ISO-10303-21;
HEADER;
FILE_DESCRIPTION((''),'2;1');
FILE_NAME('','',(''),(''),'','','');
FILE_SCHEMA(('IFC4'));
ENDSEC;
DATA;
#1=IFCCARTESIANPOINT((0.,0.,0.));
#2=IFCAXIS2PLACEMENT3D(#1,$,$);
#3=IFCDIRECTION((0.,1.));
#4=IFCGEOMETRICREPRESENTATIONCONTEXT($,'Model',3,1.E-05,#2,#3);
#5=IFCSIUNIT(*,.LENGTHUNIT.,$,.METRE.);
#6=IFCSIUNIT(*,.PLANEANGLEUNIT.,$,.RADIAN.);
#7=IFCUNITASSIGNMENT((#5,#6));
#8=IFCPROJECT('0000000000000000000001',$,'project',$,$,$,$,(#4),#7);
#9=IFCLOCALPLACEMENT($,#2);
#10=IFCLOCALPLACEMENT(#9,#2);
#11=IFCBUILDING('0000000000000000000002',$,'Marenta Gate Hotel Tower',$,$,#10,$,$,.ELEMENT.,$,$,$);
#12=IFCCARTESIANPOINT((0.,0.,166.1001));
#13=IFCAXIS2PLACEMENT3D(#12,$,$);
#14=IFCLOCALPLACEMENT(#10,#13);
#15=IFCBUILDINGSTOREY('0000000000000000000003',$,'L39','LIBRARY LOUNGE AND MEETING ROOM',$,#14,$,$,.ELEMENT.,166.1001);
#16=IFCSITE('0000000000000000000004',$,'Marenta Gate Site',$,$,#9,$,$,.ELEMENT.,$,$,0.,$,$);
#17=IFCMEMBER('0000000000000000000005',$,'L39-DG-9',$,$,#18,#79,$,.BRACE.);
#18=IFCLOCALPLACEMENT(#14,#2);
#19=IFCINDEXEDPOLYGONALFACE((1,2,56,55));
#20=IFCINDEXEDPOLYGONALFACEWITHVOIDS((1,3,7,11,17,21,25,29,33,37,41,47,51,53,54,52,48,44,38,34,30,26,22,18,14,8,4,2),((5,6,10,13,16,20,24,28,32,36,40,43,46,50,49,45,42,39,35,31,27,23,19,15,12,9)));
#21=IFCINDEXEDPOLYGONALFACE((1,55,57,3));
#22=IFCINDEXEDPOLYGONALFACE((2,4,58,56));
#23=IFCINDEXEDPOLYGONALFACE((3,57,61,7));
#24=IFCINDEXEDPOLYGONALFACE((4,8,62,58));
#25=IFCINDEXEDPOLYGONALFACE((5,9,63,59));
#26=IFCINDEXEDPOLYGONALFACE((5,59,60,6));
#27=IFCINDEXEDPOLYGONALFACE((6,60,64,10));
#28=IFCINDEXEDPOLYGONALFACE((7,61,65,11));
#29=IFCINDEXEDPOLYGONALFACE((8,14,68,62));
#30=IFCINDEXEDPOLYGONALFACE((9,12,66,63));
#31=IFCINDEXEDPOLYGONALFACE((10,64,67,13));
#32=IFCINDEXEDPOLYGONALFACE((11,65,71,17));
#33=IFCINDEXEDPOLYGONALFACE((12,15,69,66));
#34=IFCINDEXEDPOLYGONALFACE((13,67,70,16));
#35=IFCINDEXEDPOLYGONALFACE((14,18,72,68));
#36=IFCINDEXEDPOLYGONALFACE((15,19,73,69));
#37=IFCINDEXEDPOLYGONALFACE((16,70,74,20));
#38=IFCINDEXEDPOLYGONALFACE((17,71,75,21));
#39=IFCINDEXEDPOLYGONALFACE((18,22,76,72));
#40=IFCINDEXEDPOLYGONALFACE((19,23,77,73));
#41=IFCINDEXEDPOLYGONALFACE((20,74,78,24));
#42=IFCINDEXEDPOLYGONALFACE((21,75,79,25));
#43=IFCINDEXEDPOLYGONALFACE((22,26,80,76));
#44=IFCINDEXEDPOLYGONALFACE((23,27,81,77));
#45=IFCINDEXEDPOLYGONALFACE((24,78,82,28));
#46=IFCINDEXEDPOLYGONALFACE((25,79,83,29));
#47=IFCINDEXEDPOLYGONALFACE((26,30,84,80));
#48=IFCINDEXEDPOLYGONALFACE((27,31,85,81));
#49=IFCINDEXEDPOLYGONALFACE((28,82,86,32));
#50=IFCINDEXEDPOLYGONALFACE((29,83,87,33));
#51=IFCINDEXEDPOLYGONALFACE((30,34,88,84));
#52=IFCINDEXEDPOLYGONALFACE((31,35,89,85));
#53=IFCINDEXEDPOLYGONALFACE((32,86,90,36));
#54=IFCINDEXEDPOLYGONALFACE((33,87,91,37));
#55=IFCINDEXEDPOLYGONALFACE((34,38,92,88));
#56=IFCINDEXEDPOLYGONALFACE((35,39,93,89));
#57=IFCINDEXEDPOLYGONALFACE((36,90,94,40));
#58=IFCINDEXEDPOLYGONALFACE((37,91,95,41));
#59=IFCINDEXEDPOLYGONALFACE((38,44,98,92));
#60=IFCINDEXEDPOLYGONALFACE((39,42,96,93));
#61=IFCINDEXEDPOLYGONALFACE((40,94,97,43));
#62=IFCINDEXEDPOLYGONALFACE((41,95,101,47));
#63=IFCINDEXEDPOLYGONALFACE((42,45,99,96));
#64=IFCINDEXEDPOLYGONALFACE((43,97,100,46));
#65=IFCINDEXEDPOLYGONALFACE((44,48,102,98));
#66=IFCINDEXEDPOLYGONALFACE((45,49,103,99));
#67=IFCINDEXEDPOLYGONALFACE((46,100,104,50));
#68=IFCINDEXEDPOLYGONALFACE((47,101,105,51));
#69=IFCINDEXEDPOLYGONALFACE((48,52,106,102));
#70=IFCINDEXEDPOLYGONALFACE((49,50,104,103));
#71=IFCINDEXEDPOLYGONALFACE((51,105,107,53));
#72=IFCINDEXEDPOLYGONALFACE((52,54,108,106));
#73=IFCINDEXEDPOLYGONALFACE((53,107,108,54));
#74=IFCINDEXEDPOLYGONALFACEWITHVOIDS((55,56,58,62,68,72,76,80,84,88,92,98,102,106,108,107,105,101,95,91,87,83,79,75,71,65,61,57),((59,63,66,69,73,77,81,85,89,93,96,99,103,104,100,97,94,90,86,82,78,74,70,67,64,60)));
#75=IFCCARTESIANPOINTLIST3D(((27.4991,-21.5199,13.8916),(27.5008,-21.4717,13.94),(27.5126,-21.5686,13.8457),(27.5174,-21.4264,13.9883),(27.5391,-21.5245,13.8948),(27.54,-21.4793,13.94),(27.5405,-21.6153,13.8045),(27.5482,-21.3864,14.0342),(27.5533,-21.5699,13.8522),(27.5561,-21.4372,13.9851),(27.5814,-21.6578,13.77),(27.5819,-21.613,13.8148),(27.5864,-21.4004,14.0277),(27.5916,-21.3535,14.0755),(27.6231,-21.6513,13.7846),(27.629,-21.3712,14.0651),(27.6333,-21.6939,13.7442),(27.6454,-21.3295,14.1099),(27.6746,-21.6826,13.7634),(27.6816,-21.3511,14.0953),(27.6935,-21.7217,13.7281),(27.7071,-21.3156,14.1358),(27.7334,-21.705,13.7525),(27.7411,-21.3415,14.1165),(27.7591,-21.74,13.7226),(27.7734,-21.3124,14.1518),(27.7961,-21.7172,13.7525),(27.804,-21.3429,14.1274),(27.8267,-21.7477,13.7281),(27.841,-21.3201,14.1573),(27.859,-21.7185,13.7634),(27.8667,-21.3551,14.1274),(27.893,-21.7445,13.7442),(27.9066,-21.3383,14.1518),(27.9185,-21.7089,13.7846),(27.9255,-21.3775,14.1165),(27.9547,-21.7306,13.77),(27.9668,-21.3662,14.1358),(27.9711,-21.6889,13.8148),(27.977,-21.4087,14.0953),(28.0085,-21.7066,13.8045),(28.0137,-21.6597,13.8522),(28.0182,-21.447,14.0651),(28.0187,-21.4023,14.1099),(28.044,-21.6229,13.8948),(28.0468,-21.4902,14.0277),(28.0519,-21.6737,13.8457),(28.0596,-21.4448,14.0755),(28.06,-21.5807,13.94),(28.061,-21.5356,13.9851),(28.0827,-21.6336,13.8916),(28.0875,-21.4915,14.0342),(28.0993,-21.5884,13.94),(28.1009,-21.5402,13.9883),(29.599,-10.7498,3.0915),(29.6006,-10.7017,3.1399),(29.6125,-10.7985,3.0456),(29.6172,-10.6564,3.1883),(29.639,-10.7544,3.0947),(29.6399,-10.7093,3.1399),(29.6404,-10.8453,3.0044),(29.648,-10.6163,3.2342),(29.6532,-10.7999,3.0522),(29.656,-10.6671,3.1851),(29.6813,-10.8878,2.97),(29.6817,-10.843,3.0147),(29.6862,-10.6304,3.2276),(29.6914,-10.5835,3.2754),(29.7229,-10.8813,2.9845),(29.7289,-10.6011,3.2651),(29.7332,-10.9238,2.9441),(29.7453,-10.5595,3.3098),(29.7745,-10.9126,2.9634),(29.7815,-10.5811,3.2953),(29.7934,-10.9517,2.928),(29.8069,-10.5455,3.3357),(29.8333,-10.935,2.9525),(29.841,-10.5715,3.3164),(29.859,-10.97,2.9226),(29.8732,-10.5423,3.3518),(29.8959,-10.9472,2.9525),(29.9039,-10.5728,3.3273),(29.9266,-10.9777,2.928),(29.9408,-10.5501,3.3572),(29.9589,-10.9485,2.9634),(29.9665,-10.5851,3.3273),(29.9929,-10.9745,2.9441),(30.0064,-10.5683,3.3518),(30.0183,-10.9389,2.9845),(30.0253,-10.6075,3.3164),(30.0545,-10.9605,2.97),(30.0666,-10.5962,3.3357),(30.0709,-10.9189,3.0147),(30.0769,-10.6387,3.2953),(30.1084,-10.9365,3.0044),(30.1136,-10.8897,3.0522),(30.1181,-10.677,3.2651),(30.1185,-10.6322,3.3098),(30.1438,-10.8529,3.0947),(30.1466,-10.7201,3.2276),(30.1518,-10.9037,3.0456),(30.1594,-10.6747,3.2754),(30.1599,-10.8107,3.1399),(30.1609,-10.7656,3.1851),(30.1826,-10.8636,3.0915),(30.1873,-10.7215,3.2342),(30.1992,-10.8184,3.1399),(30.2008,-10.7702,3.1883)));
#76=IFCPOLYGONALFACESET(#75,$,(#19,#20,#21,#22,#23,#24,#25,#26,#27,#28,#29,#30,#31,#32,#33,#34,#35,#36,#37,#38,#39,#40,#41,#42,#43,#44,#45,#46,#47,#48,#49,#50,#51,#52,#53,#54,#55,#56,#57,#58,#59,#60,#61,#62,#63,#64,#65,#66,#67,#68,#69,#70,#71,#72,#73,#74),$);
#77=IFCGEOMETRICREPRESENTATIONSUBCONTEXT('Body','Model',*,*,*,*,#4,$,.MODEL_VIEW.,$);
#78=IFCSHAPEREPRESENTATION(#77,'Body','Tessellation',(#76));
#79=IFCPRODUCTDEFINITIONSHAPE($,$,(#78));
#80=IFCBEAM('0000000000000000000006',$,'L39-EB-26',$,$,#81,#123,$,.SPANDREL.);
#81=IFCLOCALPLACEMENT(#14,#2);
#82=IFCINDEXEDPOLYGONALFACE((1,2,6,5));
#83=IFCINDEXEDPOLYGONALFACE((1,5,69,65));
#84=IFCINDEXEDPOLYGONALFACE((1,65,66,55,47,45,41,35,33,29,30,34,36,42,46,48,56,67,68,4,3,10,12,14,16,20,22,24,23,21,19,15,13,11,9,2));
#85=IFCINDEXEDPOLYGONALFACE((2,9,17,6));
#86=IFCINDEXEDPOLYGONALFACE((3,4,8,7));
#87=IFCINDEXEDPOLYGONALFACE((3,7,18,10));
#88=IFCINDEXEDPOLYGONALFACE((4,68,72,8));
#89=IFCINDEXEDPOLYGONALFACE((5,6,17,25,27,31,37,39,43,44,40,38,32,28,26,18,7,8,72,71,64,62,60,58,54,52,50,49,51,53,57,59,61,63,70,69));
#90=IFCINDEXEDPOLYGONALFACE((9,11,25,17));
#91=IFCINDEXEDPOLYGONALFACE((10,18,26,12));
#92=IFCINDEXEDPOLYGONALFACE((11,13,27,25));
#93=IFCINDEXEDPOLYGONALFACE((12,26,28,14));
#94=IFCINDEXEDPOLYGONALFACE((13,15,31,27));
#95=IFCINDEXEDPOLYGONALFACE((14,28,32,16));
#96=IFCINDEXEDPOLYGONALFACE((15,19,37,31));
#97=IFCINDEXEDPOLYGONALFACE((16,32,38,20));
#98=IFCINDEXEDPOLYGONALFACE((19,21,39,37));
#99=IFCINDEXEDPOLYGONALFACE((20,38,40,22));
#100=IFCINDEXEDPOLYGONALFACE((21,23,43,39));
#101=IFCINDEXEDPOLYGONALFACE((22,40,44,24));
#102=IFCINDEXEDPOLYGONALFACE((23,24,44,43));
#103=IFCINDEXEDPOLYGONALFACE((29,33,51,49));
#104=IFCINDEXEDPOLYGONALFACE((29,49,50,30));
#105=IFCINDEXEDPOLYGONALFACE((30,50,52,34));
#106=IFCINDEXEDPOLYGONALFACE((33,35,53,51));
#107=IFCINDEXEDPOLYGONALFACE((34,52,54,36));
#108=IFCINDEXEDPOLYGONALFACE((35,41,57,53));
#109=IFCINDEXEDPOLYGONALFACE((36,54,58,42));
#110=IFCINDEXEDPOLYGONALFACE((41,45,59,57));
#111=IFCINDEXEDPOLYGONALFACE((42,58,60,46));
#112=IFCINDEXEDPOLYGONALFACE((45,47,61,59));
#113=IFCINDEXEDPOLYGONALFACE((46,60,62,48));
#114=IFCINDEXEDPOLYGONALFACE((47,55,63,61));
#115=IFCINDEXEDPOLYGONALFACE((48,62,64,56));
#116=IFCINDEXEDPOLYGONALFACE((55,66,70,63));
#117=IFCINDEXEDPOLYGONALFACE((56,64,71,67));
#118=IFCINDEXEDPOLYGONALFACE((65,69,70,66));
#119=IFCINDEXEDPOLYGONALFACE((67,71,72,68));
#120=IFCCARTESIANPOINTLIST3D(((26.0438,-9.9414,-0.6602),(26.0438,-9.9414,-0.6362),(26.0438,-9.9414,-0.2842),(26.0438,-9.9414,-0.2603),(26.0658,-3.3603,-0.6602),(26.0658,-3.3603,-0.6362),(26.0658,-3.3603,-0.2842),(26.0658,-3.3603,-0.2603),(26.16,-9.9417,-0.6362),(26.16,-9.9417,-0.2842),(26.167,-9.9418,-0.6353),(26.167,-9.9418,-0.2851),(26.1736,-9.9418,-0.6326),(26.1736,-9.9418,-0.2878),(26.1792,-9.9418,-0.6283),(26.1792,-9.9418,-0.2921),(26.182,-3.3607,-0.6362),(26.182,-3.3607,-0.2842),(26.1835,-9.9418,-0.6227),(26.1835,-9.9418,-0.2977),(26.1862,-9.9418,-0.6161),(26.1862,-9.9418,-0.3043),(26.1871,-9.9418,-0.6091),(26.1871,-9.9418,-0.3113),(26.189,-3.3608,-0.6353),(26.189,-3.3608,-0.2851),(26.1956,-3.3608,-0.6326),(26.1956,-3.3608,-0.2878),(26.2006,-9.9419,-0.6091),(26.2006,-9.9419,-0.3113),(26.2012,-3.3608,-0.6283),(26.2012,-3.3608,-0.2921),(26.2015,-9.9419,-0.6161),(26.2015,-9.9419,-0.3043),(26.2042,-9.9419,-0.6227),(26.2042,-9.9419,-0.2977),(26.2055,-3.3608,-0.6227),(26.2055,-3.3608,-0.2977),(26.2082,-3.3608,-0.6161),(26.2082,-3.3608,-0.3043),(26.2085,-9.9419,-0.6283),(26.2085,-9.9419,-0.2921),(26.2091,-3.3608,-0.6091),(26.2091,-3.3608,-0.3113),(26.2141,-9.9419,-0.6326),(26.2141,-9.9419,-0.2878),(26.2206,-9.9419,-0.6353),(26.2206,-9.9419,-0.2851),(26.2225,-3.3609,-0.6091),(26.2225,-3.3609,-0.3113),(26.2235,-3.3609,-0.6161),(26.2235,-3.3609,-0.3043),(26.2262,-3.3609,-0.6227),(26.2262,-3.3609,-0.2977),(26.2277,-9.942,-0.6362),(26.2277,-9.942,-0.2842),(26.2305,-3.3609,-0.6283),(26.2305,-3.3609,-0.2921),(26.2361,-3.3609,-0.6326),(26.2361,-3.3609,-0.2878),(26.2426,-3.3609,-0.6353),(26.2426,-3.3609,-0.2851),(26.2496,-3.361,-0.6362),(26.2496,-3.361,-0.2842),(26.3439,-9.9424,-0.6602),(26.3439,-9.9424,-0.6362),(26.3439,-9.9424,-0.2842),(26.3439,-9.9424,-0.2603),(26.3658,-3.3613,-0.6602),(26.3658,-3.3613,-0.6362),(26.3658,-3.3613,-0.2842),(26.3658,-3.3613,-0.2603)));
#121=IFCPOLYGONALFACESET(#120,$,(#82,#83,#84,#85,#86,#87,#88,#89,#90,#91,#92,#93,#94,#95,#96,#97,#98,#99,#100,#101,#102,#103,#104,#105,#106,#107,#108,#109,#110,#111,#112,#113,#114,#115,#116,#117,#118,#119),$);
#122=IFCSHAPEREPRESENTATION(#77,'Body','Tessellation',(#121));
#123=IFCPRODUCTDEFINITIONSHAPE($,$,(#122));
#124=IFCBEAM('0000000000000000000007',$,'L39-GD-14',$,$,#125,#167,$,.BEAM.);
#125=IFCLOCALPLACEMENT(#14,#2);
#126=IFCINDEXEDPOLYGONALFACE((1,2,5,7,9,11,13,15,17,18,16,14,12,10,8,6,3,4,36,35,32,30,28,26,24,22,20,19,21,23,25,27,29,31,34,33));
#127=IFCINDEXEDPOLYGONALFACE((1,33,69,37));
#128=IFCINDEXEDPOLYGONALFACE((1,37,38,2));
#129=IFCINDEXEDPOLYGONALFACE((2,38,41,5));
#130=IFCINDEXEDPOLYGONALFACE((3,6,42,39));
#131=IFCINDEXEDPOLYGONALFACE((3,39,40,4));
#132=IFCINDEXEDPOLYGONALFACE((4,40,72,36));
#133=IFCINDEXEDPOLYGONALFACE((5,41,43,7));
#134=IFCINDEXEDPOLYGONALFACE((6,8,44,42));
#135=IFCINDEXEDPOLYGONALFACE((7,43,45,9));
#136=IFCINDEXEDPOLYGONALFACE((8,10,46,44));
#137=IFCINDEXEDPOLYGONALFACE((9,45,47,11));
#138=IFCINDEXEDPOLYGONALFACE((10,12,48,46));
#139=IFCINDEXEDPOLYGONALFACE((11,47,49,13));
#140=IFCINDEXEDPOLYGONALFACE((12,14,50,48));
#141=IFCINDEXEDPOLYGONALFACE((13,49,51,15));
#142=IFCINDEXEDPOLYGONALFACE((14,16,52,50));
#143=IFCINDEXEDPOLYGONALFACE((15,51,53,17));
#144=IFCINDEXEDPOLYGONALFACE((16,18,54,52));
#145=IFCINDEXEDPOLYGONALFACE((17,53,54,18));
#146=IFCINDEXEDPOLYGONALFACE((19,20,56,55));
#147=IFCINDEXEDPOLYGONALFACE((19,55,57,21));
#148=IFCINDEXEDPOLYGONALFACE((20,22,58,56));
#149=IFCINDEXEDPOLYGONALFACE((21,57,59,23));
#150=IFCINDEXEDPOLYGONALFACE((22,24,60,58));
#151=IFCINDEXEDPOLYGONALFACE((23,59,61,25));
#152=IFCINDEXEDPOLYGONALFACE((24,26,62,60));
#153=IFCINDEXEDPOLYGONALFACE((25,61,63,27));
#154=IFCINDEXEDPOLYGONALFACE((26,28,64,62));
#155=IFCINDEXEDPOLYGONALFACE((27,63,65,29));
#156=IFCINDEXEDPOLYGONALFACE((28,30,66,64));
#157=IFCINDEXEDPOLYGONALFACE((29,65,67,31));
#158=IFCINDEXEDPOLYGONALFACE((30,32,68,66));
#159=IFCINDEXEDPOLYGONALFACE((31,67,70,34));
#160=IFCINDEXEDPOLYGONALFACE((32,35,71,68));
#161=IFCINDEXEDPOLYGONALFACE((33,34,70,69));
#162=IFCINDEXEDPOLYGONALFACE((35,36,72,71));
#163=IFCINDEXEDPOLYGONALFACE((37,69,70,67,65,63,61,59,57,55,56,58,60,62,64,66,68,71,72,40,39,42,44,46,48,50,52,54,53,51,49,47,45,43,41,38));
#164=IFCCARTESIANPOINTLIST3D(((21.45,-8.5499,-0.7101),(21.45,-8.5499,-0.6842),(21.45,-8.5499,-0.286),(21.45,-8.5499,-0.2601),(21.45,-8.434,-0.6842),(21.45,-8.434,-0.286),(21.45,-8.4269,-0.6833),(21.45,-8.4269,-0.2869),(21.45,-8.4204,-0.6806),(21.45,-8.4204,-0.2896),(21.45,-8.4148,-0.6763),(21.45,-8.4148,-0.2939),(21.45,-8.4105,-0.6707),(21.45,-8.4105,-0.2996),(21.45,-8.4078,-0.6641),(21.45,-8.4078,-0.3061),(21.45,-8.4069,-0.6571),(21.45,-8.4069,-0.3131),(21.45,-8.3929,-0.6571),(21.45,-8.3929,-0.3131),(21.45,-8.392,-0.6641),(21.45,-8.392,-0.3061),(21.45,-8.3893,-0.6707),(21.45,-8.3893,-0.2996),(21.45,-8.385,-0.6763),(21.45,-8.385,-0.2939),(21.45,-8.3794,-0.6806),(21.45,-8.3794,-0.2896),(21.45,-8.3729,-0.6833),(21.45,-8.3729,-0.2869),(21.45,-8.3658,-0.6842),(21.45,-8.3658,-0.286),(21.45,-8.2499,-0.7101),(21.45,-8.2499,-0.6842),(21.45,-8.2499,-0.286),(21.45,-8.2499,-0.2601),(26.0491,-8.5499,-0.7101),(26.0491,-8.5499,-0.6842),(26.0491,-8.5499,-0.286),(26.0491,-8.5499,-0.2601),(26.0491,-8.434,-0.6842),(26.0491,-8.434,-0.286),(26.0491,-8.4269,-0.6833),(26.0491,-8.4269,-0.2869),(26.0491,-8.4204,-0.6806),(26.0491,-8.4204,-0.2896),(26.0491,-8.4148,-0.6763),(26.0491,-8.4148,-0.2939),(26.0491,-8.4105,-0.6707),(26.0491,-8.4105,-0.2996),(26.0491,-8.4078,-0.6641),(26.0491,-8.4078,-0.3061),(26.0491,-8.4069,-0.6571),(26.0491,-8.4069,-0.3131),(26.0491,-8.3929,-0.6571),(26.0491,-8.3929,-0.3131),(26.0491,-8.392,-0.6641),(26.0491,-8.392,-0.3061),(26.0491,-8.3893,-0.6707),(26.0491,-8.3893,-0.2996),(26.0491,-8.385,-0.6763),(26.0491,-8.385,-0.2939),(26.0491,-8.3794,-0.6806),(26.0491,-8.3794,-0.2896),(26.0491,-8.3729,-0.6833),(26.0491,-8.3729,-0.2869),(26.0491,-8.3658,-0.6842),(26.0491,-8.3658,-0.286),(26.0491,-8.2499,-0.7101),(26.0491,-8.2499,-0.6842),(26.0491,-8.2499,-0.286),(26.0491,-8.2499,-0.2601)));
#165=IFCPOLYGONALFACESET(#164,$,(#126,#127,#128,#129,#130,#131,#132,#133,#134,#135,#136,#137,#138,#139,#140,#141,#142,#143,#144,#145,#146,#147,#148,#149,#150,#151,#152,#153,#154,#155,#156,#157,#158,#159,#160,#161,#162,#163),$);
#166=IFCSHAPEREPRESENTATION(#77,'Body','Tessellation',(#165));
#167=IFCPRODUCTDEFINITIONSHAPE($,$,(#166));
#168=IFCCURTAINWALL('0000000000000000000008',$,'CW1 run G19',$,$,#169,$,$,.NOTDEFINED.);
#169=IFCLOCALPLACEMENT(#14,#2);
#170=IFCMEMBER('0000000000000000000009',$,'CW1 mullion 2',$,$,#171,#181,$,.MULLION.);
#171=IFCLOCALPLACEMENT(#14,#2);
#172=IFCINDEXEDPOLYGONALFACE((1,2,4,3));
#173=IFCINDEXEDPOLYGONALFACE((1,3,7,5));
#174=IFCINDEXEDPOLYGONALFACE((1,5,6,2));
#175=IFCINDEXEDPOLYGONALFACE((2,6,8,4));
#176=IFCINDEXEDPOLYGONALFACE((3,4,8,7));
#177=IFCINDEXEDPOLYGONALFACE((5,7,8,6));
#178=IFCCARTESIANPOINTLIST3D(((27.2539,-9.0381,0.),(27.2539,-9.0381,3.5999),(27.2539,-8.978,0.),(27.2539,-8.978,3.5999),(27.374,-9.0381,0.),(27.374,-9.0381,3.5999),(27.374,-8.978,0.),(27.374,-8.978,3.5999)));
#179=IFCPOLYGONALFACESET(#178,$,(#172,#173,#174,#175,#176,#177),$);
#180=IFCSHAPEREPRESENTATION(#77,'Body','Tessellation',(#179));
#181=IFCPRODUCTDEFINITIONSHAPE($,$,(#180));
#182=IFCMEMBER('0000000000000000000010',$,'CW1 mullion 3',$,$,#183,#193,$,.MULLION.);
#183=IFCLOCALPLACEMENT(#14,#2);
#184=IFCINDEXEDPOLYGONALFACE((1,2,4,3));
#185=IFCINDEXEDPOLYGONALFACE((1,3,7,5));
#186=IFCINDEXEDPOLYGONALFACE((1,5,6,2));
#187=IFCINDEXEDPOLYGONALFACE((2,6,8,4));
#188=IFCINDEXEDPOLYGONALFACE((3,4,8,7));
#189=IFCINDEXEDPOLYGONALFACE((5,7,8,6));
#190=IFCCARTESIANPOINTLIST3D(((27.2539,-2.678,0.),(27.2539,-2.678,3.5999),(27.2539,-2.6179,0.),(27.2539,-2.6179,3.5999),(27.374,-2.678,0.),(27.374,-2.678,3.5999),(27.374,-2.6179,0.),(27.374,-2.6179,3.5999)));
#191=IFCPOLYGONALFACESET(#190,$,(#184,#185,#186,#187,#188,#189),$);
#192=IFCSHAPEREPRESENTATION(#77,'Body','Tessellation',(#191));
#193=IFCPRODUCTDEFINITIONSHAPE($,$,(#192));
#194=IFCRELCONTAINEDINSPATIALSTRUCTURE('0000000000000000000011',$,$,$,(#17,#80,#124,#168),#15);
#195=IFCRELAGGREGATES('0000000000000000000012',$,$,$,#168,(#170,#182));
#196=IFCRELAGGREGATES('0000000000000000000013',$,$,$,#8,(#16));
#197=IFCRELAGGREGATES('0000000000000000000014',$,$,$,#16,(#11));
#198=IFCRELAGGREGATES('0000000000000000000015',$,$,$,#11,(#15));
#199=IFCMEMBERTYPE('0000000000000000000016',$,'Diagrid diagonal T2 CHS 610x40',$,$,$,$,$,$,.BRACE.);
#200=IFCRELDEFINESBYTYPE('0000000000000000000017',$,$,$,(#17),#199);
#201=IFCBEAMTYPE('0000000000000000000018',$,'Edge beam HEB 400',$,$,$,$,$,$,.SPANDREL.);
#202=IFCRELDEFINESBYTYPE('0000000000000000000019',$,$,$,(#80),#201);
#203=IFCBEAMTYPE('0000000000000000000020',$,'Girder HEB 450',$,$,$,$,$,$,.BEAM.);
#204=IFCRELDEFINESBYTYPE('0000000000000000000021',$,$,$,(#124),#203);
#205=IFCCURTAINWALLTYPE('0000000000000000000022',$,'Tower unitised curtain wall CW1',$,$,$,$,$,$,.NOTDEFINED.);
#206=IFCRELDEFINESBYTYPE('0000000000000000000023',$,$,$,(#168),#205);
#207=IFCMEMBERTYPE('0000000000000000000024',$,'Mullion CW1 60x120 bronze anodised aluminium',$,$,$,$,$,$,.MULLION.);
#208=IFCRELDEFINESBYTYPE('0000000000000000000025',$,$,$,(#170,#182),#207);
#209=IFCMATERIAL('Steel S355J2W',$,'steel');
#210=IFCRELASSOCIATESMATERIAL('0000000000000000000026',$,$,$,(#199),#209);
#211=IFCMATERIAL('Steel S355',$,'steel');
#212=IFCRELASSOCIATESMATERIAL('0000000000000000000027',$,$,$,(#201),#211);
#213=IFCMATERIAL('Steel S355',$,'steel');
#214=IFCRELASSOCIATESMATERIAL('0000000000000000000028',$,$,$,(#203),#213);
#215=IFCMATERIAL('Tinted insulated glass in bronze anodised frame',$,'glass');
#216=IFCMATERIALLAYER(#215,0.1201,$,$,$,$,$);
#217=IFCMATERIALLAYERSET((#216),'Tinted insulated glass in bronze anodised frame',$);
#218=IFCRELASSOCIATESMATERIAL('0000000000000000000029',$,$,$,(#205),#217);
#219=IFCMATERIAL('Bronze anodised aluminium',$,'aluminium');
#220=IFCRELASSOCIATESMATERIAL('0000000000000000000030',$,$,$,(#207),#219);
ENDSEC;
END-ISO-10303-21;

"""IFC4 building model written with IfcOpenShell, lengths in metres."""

from ifc_helpers import new_model, si_unit, direction, frame, origin, origin_2d, place, context, subcontext, project, spatial, rectangle, hollow_circle, i_section, extrude, material, layer, layer_set, material_profile, profile_set, type_object, element, aggregate, save


model = new_model("IFC4")

# Units and contexts
model_context = context("Model", 3, precision=1e-05, world=origin(), true_north=direction((0.0, 1.0)))
body_context = subcontext(model_context, "Body", "Model", "MODEL_VIEW")
ifc_project = project(units=[si_unit("LENGTHUNIT", "METRE"), si_unit("PLANEANGLEUNIT", "RADIAN")], contexts=[model_context])

# Site, building, storey
site_placement = place(None, origin())
site = spatial("IfcSite", under=ifc_project, at=site_placement, Name="Marenta Gate Site", CompositionType="ELEMENT", RefElevation=0.0)
building_placement = place(site_placement, origin())
building = spatial("IfcBuilding", under=site, at=building_placement, Name="Marenta Gate Hotel Tower", CompositionType="ELEMENT")
storey_placement = place(building_placement, frame((0.0, 0.0, 166.1001)))
storey = spatial("IfcBuildingStorey", under=building, at=storey_placement, Name="L39", Description="LIBRARY LOUNGE AND MEETING ROOM", CompositionType="ELEMENT", Elevation=166.1001)

# Member
ifc_material_1 = material(Name="Steel S355J2W", Category="steel")
ifc_material_profile_1 = material_profile(ifc_material_1, hollow_circle(Radius=0.3049, WallThickness=0.04, at=origin_2d()), Name="CHS 610x40")
ifc_profile_set_1 = profile_set([ifc_material_profile_1], Name="Steel S355J2W")
member_type_1 = type_object("IfcMemberType", Name="Diagrid diagonal T2 CHS 610x40", PredefinedType="BRACE", material=ifc_profile_set_1)
for number, where, z_axis, x_axis, name in (
    (1, (29.8999, -10.76, 3.1399), (-0.136388, -0.699523, 0.701474), (0.981518, -0.191369, 0.0), "L39-DG-9"),
):
    element("IfcMember", number, at=place(storey_placement, frame(where, z_axis=z_axis, x_axis=x_axis)), inside=storey, type_object=member_type_1, Name=name, PredefinedType="BRACE", context=body_context, shape_type="SweptSolid", body=[
        extrude(hollow_circle(Radius=0.3049, WallThickness=0.04, at=origin_2d()), origin(), (0.0, 0.0, 1.0), 15.3962),
    ])

# Beams
ifc_material_2 = material(Name="Steel S355", Category="steel")
ifc_material_profile_2 = material_profile(ifc_material_2, i_section(OverallWidth=0.3, OverallDepth=0.3999, WebThickness=0.0134, FlangeThickness=0.0239, FilletRadius=0.0271, at=origin_2d()), Name="HEB 400")
ifc_profile_set_2 = profile_set([ifc_material_profile_2], Name="Steel S355")
beam_type_1 = type_object("IfcBeamType", Name="Edge beam HEB 400", PredefinedType="SPANDREL", material=ifc_profile_set_2)
beam_1_placement = place(storey_placement, frame((26.2158, -3.3608, -0.4602), z_axis=(-0.003339, -0.999994, 0.0), x_axis=(0.999994, -0.003339, 0.0)))
element("IfcBeam", 2, at=beam_1_placement, inside=storey, type_object=beam_type_1, Name="L39-EB-26", PredefinedType="SPANDREL", context=body_context, shape_type="SweptSolid", body=[
    extrude(i_section(OverallWidth=0.3, OverallDepth=0.3999, WebThickness=0.0134, FlangeThickness=0.0239, FilletRadius=0.0271, at=origin_2d()), origin(), (0.0, 0.0, 1.0), 6.5811),
])
ifc_material_3 = material(Name="Steel S355", Category="steel")
ifc_material_profile_3 = material_profile(ifc_material_3, i_section(OverallWidth=0.3, OverallDepth=0.45, WebThickness=0.0139, FlangeThickness=0.0259, FilletRadius=0.0271, at=origin_2d()), Name="HEB 450")
ifc_profile_set_3 = profile_set([ifc_material_profile_3], Name="Steel S355")
beam_type_2 = type_object("IfcBeamType", Name="Girder HEB 450", PredefinedType="BEAM", material=ifc_profile_set_3)
beam_2_placement = place(storey_placement, frame((21.45, -8.3999, -0.4851), z_axis=(1.0, 0.0, 0.0), x_axis=(0.0, 1.0, 0.0)))
element("IfcBeam", 3, at=beam_2_placement, inside=storey, type_object=beam_type_2, Name="L39-GD-14", PredefinedType="BEAM", context=body_context, shape_type="SweptSolid", body=[
    extrude(i_section(OverallWidth=0.3, OverallDepth=0.45, WebThickness=0.0139, FlangeThickness=0.0259, FilletRadius=0.0271, at=origin_2d()), origin(), (0.0, 0.0, 1.0), 4.5991),
])

# Curtain wall, members
ifc_material_4 = material(Name="Tinted insulated glass in bronze anodised frame", Category="glass")
ifc_layer_1 = layer(ifc_material_4, 0.1201)
ifc_layer_set_1 = layer_set([ifc_layer_1], Name="Tinted insulated glass in bronze anodised frame")
curtain_wall_type = type_object("IfcCurtainWallType", Name="Tower unitised curtain wall CW1", PredefinedType="NOTDEFINED", material=ifc_layer_set_1)
curtain_wall_placement = place(storey_placement, origin())
curtain_wall = element("IfcCurtainWall", 4, at=curtain_wall_placement, inside=storey, type_object=curtain_wall_type, Name="CW1 run G19", PredefinedType="NOTDEFINED")
ifc_material_5 = material(Name="Bronze anodised aluminium", Category="aluminium")
ifc_material_profile_4 = material_profile(ifc_material_5, rectangle(XDim=0.1201, YDim=0.0601, at=origin_2d()), Name="Mullion CW1 60x120 bronze anodised aluminium")
ifc_profile_set_4 = profile_set([ifc_material_profile_4], Name="Bronze anodised aluminium")
member_type_2 = type_object("IfcMemberType", Name="Mullion CW1 60x120 bronze anodised aluminium", PredefinedType="MULLION", material=ifc_profile_set_4)
member_1_placement = place(storey_placement, frame((27.314, -9.0081, 0.0), z_axis=(0.0, 0.0, 1.0), x_axis=(-1.0, 0.0, 0.0)))
member_1 = element("IfcMember", 5, at=member_1_placement, type_object=member_type_2, Name="CW1 mullion 2", PredefinedType="MULLION", context=body_context, shape_type="SweptSolid", body=[
    extrude(rectangle(XDim=0.1201, YDim=0.0601, at=origin_2d()), origin(), (0.0, 0.0, 1.0), 3.5999),
])
member_2_placement = place(storey_placement, frame((27.314, -2.6479, 0.0), z_axis=(0.0, 0.0, 1.0), x_axis=(-1.0, 0.0, 0.0)))
member_2 = element("IfcMember", 6, at=member_2_placement, type_object=member_type_2, Name="CW1 mullion 3", PredefinedType="MULLION", context=body_context, shape_type="SweptSolid", body=[
    extrude(rectangle(XDim=0.1201, YDim=0.0601, at=origin_2d()), origin(), (0.0, 0.0, 1.0), 3.5999),
])
aggregate(curtain_wall, [member_1, member_2])

save(model, "model.ifc")
